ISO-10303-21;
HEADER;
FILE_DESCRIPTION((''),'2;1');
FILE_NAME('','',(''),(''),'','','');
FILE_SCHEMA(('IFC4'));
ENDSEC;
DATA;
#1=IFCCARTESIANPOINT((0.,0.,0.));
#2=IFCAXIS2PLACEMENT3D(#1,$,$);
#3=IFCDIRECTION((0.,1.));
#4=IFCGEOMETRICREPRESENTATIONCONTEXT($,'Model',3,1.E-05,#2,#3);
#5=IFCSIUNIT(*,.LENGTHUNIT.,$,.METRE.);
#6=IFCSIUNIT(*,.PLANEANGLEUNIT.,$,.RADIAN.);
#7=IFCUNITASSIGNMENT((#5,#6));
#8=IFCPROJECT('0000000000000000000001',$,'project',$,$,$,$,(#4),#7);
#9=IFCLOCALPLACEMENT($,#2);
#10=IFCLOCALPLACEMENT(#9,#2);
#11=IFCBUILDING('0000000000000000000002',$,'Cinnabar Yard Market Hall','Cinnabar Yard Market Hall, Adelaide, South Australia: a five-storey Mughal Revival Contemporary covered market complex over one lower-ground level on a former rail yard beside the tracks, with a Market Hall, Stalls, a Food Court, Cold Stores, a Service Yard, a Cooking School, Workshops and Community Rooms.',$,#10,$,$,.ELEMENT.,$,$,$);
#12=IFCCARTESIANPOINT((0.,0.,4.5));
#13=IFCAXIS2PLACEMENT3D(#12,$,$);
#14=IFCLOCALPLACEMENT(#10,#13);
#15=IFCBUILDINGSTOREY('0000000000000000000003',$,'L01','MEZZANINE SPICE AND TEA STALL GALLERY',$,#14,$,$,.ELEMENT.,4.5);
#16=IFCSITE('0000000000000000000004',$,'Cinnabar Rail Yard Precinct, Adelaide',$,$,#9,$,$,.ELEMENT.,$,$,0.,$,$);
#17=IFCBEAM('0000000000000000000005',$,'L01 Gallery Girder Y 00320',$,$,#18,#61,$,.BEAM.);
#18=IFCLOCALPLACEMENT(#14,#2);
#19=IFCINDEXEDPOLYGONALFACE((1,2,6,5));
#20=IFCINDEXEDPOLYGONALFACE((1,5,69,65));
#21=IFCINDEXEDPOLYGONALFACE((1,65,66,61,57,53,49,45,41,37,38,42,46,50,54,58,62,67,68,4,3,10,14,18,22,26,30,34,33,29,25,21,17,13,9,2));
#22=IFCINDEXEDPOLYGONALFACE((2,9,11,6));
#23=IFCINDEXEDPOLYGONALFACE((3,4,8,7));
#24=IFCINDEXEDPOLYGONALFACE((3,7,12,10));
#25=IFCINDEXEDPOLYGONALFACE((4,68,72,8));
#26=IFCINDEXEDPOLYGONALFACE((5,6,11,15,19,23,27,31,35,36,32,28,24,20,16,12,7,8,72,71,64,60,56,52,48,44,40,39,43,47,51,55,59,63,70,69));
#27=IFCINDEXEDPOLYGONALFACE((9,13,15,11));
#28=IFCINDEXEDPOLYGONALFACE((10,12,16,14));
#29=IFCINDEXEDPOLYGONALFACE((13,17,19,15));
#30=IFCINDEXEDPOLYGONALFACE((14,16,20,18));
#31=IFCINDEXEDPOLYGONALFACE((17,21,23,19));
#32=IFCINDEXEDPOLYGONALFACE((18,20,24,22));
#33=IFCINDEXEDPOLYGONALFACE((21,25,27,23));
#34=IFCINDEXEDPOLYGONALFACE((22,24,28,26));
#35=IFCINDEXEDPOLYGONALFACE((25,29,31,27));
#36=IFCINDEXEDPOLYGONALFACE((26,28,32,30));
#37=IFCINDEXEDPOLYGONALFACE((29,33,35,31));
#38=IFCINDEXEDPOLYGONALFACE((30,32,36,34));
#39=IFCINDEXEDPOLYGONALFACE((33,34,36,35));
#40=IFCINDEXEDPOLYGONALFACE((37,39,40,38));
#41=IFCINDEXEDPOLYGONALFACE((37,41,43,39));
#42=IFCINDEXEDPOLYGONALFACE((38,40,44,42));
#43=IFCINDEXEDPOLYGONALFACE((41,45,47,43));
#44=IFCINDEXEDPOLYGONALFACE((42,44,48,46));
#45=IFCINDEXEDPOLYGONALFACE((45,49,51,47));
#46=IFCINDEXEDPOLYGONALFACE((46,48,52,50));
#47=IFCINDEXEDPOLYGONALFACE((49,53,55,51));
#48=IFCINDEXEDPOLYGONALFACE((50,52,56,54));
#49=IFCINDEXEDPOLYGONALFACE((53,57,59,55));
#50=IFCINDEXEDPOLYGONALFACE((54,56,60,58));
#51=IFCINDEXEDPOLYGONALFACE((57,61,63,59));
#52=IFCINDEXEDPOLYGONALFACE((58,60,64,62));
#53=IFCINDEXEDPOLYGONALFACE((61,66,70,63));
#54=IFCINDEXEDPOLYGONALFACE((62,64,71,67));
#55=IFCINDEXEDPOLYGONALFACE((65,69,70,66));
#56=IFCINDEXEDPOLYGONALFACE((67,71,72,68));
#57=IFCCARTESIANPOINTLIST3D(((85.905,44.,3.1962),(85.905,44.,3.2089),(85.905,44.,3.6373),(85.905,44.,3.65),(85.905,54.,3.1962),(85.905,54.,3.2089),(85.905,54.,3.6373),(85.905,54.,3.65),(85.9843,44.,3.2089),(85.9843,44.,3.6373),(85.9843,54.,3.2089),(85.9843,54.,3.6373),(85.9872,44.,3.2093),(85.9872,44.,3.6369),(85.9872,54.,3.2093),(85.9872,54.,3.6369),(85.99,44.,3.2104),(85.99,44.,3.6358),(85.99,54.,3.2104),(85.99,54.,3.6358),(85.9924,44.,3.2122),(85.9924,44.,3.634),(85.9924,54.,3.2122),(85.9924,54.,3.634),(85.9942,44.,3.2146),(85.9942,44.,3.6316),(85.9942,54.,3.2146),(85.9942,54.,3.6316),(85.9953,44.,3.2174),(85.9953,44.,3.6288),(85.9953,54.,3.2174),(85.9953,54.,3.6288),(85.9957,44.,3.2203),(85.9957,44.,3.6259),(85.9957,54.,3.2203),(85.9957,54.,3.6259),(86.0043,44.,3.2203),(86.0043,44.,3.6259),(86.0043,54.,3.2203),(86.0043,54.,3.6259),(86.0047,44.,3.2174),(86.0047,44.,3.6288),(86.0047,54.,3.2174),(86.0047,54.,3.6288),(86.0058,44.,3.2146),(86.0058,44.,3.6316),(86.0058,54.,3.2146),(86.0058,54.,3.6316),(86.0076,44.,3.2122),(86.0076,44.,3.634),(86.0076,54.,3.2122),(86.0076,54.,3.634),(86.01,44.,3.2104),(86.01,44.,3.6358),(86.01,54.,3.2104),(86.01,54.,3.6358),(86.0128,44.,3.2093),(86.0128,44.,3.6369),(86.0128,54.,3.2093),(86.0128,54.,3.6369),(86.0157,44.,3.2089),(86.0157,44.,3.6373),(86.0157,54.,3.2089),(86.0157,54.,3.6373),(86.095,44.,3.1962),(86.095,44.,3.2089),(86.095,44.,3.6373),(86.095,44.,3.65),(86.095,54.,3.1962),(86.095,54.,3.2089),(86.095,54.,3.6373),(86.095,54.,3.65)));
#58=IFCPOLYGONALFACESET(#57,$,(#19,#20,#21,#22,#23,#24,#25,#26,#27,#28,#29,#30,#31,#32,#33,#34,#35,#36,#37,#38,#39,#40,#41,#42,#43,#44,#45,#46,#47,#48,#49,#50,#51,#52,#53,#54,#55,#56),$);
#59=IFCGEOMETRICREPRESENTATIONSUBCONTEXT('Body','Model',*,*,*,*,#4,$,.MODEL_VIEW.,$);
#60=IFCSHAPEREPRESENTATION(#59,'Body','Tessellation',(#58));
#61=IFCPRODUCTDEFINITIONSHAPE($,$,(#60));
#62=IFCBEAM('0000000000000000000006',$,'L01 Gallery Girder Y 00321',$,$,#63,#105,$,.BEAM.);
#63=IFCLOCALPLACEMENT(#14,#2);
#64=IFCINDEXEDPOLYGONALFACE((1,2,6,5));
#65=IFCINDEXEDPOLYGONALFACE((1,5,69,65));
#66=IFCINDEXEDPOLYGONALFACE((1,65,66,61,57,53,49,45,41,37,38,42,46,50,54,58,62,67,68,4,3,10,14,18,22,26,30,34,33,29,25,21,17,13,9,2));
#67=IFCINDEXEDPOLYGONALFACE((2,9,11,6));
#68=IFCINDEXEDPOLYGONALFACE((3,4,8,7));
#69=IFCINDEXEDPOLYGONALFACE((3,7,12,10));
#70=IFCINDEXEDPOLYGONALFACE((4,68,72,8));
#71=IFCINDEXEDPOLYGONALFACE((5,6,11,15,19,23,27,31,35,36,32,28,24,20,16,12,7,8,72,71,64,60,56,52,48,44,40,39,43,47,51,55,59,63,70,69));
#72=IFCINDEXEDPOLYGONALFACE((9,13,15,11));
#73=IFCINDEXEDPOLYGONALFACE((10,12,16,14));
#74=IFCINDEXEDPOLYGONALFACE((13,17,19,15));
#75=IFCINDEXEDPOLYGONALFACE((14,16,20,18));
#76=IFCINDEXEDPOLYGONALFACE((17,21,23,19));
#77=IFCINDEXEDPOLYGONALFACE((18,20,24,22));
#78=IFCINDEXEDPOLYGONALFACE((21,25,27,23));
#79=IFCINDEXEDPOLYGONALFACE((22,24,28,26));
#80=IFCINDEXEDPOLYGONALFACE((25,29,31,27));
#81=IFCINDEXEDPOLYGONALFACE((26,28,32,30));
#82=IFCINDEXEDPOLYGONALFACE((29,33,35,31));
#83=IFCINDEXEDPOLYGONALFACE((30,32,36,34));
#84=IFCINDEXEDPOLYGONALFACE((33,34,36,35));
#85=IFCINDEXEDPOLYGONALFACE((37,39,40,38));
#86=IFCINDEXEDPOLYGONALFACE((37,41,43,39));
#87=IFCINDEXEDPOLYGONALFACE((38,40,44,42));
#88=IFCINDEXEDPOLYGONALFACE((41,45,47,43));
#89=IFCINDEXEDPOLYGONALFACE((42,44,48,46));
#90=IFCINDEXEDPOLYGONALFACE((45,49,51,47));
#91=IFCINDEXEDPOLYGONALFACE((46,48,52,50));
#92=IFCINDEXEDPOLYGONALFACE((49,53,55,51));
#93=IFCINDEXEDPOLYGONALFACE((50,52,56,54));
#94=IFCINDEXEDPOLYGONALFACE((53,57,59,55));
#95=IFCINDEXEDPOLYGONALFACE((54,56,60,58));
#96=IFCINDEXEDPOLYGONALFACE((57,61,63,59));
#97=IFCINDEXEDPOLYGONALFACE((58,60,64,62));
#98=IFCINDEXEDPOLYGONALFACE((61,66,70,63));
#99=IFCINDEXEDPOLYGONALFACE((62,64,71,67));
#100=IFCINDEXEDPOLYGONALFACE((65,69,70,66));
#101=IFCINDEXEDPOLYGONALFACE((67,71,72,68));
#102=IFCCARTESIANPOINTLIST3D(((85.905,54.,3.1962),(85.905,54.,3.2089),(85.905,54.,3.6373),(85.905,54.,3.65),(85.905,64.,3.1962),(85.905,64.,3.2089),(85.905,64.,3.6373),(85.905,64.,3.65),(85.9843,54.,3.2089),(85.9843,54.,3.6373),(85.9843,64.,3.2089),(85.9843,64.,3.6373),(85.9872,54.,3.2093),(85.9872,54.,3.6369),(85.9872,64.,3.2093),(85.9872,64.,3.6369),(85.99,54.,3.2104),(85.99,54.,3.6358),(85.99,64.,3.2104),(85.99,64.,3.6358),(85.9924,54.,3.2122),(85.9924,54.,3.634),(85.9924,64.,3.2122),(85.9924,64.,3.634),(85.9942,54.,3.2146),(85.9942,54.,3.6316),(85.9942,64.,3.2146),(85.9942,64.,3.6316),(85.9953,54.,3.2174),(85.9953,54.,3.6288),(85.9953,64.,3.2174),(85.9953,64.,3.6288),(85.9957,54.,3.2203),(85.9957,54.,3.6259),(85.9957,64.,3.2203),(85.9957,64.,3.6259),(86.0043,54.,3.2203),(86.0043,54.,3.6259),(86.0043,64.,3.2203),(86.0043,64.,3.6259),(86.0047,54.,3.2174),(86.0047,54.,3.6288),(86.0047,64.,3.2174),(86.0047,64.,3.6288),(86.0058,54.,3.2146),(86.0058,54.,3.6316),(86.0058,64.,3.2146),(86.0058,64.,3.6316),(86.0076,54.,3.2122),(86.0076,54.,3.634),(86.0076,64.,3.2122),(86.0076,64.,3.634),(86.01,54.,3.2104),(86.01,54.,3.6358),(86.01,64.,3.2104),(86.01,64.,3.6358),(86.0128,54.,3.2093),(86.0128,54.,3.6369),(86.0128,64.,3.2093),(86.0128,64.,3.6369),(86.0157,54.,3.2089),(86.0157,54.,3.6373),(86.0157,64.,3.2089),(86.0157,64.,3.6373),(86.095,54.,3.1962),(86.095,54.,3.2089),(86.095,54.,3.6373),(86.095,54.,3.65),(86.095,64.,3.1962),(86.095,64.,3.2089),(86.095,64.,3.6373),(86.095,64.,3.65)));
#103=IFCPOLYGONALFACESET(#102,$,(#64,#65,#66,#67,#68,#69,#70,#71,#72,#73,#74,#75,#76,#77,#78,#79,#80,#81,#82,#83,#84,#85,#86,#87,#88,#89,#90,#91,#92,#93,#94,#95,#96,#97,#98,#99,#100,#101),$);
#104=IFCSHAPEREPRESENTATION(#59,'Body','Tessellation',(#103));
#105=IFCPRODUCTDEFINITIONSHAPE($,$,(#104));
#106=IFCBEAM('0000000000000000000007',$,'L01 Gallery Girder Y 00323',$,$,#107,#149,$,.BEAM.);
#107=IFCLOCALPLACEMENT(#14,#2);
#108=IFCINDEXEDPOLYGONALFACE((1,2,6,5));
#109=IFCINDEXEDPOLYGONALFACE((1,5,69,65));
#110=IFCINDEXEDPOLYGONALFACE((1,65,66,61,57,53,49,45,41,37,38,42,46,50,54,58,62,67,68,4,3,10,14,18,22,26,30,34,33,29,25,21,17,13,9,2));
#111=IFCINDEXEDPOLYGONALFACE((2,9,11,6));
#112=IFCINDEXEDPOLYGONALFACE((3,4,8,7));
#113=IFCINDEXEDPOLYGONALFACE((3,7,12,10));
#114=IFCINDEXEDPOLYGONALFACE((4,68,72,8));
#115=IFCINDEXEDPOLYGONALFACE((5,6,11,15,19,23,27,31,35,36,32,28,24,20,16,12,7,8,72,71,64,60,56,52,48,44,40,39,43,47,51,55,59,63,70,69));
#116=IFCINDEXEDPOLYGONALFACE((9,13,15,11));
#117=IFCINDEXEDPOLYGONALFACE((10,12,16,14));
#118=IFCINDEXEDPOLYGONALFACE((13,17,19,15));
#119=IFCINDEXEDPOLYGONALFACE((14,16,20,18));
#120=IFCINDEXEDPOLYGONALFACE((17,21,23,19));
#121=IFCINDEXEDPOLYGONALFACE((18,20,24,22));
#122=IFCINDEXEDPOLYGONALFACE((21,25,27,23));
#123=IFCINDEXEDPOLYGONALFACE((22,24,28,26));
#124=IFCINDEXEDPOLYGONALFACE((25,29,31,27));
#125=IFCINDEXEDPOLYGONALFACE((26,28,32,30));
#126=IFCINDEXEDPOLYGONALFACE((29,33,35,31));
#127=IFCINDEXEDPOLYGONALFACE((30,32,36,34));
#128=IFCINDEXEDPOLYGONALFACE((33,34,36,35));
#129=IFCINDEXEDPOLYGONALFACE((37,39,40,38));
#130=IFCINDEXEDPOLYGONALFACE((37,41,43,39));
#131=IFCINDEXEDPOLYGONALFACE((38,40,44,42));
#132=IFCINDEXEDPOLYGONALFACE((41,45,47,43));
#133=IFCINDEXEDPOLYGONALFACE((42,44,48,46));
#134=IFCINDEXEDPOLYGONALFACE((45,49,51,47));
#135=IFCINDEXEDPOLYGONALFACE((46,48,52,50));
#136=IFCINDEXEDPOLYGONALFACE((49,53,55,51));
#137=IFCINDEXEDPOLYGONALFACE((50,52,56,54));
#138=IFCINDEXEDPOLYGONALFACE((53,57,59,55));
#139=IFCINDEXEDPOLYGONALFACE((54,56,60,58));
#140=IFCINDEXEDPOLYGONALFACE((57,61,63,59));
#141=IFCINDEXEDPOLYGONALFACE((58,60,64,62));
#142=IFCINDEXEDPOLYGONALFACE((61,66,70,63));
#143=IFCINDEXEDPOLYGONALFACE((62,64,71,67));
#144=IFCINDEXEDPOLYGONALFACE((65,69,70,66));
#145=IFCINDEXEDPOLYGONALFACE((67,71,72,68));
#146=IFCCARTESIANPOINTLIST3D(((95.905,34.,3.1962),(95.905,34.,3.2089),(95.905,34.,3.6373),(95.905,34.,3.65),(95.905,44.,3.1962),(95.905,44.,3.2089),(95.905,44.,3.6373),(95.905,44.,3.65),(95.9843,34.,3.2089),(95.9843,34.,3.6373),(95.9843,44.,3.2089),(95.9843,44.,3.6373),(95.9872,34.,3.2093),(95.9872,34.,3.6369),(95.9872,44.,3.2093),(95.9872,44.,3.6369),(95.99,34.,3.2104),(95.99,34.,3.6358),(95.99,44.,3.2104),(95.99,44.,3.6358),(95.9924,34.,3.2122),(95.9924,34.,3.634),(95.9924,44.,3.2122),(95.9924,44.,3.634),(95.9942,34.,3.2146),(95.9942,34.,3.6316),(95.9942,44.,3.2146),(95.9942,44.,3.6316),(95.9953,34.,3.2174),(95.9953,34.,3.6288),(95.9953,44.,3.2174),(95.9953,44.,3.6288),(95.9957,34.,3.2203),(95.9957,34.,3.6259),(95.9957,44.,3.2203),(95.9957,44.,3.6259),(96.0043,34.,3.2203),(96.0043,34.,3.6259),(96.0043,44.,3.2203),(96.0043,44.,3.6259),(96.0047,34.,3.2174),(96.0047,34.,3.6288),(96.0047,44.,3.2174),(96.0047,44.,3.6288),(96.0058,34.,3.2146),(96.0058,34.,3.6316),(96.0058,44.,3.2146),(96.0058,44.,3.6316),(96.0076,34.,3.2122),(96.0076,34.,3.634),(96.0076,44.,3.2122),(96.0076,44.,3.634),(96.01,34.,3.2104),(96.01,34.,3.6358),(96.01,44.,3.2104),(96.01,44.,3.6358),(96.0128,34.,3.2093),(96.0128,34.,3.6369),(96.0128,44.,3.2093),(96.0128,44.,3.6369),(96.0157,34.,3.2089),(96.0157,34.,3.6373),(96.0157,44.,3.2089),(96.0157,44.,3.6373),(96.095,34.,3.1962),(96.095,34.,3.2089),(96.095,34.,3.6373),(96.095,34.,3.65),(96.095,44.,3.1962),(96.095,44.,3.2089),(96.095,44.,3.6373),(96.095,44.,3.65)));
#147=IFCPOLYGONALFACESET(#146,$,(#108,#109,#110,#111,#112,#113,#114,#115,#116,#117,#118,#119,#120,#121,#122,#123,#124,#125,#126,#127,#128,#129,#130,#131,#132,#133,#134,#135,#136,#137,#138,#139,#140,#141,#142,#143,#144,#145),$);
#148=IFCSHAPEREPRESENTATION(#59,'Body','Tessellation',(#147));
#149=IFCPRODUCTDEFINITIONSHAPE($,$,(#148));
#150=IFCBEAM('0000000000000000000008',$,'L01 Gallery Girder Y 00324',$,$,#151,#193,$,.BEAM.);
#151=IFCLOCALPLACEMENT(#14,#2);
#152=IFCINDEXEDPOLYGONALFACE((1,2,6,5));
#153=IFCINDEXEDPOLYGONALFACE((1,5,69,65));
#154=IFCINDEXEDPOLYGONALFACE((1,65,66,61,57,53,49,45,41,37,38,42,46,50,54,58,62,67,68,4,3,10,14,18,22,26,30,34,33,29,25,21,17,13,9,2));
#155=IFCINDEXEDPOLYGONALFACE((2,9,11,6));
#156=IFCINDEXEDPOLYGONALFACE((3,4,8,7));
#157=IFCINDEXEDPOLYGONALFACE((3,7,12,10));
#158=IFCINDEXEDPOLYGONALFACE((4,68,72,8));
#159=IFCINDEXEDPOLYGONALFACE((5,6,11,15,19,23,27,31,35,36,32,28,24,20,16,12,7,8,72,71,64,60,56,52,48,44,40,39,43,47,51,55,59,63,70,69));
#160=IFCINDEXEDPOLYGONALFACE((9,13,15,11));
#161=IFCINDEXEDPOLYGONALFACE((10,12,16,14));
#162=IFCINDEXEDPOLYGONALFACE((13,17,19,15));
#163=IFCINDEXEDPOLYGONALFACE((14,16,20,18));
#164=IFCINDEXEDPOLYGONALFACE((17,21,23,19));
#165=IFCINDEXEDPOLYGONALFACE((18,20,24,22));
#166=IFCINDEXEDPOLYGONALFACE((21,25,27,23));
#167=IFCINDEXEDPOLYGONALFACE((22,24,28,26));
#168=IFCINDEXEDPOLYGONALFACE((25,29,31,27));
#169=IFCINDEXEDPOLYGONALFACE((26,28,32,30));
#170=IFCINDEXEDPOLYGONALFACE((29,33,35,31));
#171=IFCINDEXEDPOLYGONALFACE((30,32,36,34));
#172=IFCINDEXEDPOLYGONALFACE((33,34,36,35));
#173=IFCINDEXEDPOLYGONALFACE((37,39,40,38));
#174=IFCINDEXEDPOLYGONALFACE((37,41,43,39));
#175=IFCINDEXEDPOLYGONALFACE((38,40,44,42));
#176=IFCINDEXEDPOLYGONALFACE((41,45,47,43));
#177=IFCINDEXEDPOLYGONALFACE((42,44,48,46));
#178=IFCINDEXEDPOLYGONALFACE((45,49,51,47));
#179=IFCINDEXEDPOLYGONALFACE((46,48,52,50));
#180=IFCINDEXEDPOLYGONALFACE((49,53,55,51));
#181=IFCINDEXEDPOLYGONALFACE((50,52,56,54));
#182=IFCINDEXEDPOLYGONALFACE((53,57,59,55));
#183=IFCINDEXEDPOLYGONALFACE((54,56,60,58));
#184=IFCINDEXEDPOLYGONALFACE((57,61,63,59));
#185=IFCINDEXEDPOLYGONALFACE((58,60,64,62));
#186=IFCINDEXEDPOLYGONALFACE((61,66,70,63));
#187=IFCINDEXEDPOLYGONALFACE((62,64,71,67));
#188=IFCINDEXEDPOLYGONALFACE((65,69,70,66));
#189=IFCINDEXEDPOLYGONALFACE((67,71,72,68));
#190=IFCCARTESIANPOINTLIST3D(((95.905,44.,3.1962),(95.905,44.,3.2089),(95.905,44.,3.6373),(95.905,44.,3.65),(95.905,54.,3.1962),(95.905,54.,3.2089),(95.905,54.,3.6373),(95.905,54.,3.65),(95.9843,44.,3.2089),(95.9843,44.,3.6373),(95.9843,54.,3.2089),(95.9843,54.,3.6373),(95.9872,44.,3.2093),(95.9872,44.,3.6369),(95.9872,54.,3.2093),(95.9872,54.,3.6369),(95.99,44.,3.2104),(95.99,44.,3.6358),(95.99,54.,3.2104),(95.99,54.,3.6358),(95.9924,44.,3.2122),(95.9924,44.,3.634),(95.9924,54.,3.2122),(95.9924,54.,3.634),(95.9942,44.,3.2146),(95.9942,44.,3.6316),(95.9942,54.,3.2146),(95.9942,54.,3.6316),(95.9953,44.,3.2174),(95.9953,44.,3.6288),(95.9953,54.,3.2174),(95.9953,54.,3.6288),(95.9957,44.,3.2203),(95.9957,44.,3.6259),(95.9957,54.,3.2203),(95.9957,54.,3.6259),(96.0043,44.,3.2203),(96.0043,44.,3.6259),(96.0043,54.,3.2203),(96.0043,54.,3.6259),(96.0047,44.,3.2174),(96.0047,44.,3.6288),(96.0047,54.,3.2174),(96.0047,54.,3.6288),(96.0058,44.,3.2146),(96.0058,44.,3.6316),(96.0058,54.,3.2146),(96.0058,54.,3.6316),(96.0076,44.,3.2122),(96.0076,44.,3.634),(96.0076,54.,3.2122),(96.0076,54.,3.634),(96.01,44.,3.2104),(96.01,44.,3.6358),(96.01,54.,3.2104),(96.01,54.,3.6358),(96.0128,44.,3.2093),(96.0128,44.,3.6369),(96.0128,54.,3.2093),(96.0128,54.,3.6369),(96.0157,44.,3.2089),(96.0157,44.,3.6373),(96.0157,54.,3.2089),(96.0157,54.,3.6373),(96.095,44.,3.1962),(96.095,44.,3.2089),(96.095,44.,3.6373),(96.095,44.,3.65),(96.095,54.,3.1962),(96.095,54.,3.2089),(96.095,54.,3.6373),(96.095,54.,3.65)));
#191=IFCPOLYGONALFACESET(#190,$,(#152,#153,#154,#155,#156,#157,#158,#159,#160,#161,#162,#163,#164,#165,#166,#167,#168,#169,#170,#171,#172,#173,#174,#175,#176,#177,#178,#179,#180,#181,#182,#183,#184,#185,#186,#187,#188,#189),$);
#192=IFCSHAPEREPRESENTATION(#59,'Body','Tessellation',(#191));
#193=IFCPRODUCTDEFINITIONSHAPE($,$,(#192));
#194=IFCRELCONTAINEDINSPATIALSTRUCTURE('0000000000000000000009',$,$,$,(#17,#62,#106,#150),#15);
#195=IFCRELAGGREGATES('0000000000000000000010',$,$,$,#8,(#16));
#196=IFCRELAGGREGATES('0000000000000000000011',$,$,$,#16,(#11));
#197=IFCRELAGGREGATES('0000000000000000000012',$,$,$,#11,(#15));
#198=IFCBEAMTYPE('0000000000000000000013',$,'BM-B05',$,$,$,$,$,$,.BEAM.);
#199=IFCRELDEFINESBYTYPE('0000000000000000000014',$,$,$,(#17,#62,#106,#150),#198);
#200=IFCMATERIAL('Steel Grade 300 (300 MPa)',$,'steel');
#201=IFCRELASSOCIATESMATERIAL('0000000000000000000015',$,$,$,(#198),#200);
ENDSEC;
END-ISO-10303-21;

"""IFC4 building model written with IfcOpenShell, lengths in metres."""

from ifc_helpers import new_model, si_unit, direction, frame, origin, origin_2d_with_axis, place, context, subcontext, project, spatial, i_section, extrude, material, material_profile, profile_set, type_object, element, save


model = new_model("IFC4")

# Units and contexts
model_context = context("Model", 3, precision=1e-05, world=origin(), true_north=direction((0.0, 1.0)))
body_context = subcontext(model_context, "Body", "Model", "MODEL_VIEW")
ifc_project = project(units=[si_unit("LENGTHUNIT", "METRE"), si_unit("PLANEANGLEUNIT", "RADIAN")], contexts=[model_context])

# Site, building, storey
site_placement = place(None, origin())
site = spatial("IfcSite", under=ifc_project, at=site_placement, Name="Cinnabar Rail Yard Precinct, Adelaide", CompositionType="ELEMENT", RefElevation=0.0)
building_placement = place(site_placement, origin())
building = spatial("IfcBuilding", under=site, at=building_placement, Name="Cinnabar Yard Market Hall", Description="Cinnabar Yard Market Hall, Adelaide, South Australia: a five-storey Mughal Revival Contemporary covered market complex over one lower-ground level on a former rail yard beside the tracks, with a Market Hall, Stalls, a Food Court, Cold Stores, a Service Yard, a Cooking School, Workshops and Community Rooms.", CompositionType="ELEMENT")
storey_placement = place(building_placement, frame((0.0, 0.0, 4.5)))
storey = spatial("IfcBuildingStorey", under=building, at=storey_placement, Name="L01", Description="MEZZANINE SPICE AND TEA STALL GALLERY", CompositionType="ELEMENT", Elevation=4.5)

# Beams
ifc_material_1 = material(Name="Steel Grade 300 (300 MPa)", Category="steel")
ifc_material_profile_1 = material_profile(ifc_material_1, i_section(OverallWidth=0.1899, OverallDepth=0.4539, WebThickness=0.0085, FlangeThickness=0.0127, FilletRadius=0.0115, at=origin_2d_with_axis()), Name="460UB67.1")
ifc_profile_set_1 = profile_set([ifc_material_profile_1], Name="Steel Grade 300 (300 MPa)")
beam_type_1 = type_object("IfcBeamType", Name="BM-B05", PredefinedType="BEAM", material=ifc_profile_set_1)
for number, where, z_axis, x_axis, name in (
    (1, (86.0, 44.0, 3.4231), (0.0, 1.0, 0.0), (-1.0, 0.0, 0.0), "L01 Gallery Girder Y 00320"),
    (2, (86.0, 54.0, 3.4231), (0.0, 1.0, 0.0), (-1.0, 0.0, 0.0), "L01 Gallery Girder Y 00321"),
    (3, (96.0, 34.0, 3.4231), (0.0, 1.0, 0.0), (-1.0, 0.0, 0.0), "L01 Gallery Girder Y 00323"),
    (4, (96.0, 44.0, 3.4231), (0.0, 1.0, 0.0), (-1.0, 0.0, 0.0), "L01 Gallery Girder Y 00324"),
):
    element("IfcBeam", number, at=place(storey_placement, frame(where, z_axis=z_axis, x_axis=x_axis)), inside=storey, type_object=beam_type_1, Name=name, PredefinedType="BEAM", context=body_context, shape_type="SweptSolid", body=[
        extrude(i_section(OverallWidth=0.1899, OverallDepth=0.4539, WebThickness=0.0085, FlangeThickness=0.0127, FilletRadius=0.0115, at=origin_2d_with_axis()), origin(), (0.0, 0.0, 1.0), 10.0),
    ])

save(model, "model.ifc")
